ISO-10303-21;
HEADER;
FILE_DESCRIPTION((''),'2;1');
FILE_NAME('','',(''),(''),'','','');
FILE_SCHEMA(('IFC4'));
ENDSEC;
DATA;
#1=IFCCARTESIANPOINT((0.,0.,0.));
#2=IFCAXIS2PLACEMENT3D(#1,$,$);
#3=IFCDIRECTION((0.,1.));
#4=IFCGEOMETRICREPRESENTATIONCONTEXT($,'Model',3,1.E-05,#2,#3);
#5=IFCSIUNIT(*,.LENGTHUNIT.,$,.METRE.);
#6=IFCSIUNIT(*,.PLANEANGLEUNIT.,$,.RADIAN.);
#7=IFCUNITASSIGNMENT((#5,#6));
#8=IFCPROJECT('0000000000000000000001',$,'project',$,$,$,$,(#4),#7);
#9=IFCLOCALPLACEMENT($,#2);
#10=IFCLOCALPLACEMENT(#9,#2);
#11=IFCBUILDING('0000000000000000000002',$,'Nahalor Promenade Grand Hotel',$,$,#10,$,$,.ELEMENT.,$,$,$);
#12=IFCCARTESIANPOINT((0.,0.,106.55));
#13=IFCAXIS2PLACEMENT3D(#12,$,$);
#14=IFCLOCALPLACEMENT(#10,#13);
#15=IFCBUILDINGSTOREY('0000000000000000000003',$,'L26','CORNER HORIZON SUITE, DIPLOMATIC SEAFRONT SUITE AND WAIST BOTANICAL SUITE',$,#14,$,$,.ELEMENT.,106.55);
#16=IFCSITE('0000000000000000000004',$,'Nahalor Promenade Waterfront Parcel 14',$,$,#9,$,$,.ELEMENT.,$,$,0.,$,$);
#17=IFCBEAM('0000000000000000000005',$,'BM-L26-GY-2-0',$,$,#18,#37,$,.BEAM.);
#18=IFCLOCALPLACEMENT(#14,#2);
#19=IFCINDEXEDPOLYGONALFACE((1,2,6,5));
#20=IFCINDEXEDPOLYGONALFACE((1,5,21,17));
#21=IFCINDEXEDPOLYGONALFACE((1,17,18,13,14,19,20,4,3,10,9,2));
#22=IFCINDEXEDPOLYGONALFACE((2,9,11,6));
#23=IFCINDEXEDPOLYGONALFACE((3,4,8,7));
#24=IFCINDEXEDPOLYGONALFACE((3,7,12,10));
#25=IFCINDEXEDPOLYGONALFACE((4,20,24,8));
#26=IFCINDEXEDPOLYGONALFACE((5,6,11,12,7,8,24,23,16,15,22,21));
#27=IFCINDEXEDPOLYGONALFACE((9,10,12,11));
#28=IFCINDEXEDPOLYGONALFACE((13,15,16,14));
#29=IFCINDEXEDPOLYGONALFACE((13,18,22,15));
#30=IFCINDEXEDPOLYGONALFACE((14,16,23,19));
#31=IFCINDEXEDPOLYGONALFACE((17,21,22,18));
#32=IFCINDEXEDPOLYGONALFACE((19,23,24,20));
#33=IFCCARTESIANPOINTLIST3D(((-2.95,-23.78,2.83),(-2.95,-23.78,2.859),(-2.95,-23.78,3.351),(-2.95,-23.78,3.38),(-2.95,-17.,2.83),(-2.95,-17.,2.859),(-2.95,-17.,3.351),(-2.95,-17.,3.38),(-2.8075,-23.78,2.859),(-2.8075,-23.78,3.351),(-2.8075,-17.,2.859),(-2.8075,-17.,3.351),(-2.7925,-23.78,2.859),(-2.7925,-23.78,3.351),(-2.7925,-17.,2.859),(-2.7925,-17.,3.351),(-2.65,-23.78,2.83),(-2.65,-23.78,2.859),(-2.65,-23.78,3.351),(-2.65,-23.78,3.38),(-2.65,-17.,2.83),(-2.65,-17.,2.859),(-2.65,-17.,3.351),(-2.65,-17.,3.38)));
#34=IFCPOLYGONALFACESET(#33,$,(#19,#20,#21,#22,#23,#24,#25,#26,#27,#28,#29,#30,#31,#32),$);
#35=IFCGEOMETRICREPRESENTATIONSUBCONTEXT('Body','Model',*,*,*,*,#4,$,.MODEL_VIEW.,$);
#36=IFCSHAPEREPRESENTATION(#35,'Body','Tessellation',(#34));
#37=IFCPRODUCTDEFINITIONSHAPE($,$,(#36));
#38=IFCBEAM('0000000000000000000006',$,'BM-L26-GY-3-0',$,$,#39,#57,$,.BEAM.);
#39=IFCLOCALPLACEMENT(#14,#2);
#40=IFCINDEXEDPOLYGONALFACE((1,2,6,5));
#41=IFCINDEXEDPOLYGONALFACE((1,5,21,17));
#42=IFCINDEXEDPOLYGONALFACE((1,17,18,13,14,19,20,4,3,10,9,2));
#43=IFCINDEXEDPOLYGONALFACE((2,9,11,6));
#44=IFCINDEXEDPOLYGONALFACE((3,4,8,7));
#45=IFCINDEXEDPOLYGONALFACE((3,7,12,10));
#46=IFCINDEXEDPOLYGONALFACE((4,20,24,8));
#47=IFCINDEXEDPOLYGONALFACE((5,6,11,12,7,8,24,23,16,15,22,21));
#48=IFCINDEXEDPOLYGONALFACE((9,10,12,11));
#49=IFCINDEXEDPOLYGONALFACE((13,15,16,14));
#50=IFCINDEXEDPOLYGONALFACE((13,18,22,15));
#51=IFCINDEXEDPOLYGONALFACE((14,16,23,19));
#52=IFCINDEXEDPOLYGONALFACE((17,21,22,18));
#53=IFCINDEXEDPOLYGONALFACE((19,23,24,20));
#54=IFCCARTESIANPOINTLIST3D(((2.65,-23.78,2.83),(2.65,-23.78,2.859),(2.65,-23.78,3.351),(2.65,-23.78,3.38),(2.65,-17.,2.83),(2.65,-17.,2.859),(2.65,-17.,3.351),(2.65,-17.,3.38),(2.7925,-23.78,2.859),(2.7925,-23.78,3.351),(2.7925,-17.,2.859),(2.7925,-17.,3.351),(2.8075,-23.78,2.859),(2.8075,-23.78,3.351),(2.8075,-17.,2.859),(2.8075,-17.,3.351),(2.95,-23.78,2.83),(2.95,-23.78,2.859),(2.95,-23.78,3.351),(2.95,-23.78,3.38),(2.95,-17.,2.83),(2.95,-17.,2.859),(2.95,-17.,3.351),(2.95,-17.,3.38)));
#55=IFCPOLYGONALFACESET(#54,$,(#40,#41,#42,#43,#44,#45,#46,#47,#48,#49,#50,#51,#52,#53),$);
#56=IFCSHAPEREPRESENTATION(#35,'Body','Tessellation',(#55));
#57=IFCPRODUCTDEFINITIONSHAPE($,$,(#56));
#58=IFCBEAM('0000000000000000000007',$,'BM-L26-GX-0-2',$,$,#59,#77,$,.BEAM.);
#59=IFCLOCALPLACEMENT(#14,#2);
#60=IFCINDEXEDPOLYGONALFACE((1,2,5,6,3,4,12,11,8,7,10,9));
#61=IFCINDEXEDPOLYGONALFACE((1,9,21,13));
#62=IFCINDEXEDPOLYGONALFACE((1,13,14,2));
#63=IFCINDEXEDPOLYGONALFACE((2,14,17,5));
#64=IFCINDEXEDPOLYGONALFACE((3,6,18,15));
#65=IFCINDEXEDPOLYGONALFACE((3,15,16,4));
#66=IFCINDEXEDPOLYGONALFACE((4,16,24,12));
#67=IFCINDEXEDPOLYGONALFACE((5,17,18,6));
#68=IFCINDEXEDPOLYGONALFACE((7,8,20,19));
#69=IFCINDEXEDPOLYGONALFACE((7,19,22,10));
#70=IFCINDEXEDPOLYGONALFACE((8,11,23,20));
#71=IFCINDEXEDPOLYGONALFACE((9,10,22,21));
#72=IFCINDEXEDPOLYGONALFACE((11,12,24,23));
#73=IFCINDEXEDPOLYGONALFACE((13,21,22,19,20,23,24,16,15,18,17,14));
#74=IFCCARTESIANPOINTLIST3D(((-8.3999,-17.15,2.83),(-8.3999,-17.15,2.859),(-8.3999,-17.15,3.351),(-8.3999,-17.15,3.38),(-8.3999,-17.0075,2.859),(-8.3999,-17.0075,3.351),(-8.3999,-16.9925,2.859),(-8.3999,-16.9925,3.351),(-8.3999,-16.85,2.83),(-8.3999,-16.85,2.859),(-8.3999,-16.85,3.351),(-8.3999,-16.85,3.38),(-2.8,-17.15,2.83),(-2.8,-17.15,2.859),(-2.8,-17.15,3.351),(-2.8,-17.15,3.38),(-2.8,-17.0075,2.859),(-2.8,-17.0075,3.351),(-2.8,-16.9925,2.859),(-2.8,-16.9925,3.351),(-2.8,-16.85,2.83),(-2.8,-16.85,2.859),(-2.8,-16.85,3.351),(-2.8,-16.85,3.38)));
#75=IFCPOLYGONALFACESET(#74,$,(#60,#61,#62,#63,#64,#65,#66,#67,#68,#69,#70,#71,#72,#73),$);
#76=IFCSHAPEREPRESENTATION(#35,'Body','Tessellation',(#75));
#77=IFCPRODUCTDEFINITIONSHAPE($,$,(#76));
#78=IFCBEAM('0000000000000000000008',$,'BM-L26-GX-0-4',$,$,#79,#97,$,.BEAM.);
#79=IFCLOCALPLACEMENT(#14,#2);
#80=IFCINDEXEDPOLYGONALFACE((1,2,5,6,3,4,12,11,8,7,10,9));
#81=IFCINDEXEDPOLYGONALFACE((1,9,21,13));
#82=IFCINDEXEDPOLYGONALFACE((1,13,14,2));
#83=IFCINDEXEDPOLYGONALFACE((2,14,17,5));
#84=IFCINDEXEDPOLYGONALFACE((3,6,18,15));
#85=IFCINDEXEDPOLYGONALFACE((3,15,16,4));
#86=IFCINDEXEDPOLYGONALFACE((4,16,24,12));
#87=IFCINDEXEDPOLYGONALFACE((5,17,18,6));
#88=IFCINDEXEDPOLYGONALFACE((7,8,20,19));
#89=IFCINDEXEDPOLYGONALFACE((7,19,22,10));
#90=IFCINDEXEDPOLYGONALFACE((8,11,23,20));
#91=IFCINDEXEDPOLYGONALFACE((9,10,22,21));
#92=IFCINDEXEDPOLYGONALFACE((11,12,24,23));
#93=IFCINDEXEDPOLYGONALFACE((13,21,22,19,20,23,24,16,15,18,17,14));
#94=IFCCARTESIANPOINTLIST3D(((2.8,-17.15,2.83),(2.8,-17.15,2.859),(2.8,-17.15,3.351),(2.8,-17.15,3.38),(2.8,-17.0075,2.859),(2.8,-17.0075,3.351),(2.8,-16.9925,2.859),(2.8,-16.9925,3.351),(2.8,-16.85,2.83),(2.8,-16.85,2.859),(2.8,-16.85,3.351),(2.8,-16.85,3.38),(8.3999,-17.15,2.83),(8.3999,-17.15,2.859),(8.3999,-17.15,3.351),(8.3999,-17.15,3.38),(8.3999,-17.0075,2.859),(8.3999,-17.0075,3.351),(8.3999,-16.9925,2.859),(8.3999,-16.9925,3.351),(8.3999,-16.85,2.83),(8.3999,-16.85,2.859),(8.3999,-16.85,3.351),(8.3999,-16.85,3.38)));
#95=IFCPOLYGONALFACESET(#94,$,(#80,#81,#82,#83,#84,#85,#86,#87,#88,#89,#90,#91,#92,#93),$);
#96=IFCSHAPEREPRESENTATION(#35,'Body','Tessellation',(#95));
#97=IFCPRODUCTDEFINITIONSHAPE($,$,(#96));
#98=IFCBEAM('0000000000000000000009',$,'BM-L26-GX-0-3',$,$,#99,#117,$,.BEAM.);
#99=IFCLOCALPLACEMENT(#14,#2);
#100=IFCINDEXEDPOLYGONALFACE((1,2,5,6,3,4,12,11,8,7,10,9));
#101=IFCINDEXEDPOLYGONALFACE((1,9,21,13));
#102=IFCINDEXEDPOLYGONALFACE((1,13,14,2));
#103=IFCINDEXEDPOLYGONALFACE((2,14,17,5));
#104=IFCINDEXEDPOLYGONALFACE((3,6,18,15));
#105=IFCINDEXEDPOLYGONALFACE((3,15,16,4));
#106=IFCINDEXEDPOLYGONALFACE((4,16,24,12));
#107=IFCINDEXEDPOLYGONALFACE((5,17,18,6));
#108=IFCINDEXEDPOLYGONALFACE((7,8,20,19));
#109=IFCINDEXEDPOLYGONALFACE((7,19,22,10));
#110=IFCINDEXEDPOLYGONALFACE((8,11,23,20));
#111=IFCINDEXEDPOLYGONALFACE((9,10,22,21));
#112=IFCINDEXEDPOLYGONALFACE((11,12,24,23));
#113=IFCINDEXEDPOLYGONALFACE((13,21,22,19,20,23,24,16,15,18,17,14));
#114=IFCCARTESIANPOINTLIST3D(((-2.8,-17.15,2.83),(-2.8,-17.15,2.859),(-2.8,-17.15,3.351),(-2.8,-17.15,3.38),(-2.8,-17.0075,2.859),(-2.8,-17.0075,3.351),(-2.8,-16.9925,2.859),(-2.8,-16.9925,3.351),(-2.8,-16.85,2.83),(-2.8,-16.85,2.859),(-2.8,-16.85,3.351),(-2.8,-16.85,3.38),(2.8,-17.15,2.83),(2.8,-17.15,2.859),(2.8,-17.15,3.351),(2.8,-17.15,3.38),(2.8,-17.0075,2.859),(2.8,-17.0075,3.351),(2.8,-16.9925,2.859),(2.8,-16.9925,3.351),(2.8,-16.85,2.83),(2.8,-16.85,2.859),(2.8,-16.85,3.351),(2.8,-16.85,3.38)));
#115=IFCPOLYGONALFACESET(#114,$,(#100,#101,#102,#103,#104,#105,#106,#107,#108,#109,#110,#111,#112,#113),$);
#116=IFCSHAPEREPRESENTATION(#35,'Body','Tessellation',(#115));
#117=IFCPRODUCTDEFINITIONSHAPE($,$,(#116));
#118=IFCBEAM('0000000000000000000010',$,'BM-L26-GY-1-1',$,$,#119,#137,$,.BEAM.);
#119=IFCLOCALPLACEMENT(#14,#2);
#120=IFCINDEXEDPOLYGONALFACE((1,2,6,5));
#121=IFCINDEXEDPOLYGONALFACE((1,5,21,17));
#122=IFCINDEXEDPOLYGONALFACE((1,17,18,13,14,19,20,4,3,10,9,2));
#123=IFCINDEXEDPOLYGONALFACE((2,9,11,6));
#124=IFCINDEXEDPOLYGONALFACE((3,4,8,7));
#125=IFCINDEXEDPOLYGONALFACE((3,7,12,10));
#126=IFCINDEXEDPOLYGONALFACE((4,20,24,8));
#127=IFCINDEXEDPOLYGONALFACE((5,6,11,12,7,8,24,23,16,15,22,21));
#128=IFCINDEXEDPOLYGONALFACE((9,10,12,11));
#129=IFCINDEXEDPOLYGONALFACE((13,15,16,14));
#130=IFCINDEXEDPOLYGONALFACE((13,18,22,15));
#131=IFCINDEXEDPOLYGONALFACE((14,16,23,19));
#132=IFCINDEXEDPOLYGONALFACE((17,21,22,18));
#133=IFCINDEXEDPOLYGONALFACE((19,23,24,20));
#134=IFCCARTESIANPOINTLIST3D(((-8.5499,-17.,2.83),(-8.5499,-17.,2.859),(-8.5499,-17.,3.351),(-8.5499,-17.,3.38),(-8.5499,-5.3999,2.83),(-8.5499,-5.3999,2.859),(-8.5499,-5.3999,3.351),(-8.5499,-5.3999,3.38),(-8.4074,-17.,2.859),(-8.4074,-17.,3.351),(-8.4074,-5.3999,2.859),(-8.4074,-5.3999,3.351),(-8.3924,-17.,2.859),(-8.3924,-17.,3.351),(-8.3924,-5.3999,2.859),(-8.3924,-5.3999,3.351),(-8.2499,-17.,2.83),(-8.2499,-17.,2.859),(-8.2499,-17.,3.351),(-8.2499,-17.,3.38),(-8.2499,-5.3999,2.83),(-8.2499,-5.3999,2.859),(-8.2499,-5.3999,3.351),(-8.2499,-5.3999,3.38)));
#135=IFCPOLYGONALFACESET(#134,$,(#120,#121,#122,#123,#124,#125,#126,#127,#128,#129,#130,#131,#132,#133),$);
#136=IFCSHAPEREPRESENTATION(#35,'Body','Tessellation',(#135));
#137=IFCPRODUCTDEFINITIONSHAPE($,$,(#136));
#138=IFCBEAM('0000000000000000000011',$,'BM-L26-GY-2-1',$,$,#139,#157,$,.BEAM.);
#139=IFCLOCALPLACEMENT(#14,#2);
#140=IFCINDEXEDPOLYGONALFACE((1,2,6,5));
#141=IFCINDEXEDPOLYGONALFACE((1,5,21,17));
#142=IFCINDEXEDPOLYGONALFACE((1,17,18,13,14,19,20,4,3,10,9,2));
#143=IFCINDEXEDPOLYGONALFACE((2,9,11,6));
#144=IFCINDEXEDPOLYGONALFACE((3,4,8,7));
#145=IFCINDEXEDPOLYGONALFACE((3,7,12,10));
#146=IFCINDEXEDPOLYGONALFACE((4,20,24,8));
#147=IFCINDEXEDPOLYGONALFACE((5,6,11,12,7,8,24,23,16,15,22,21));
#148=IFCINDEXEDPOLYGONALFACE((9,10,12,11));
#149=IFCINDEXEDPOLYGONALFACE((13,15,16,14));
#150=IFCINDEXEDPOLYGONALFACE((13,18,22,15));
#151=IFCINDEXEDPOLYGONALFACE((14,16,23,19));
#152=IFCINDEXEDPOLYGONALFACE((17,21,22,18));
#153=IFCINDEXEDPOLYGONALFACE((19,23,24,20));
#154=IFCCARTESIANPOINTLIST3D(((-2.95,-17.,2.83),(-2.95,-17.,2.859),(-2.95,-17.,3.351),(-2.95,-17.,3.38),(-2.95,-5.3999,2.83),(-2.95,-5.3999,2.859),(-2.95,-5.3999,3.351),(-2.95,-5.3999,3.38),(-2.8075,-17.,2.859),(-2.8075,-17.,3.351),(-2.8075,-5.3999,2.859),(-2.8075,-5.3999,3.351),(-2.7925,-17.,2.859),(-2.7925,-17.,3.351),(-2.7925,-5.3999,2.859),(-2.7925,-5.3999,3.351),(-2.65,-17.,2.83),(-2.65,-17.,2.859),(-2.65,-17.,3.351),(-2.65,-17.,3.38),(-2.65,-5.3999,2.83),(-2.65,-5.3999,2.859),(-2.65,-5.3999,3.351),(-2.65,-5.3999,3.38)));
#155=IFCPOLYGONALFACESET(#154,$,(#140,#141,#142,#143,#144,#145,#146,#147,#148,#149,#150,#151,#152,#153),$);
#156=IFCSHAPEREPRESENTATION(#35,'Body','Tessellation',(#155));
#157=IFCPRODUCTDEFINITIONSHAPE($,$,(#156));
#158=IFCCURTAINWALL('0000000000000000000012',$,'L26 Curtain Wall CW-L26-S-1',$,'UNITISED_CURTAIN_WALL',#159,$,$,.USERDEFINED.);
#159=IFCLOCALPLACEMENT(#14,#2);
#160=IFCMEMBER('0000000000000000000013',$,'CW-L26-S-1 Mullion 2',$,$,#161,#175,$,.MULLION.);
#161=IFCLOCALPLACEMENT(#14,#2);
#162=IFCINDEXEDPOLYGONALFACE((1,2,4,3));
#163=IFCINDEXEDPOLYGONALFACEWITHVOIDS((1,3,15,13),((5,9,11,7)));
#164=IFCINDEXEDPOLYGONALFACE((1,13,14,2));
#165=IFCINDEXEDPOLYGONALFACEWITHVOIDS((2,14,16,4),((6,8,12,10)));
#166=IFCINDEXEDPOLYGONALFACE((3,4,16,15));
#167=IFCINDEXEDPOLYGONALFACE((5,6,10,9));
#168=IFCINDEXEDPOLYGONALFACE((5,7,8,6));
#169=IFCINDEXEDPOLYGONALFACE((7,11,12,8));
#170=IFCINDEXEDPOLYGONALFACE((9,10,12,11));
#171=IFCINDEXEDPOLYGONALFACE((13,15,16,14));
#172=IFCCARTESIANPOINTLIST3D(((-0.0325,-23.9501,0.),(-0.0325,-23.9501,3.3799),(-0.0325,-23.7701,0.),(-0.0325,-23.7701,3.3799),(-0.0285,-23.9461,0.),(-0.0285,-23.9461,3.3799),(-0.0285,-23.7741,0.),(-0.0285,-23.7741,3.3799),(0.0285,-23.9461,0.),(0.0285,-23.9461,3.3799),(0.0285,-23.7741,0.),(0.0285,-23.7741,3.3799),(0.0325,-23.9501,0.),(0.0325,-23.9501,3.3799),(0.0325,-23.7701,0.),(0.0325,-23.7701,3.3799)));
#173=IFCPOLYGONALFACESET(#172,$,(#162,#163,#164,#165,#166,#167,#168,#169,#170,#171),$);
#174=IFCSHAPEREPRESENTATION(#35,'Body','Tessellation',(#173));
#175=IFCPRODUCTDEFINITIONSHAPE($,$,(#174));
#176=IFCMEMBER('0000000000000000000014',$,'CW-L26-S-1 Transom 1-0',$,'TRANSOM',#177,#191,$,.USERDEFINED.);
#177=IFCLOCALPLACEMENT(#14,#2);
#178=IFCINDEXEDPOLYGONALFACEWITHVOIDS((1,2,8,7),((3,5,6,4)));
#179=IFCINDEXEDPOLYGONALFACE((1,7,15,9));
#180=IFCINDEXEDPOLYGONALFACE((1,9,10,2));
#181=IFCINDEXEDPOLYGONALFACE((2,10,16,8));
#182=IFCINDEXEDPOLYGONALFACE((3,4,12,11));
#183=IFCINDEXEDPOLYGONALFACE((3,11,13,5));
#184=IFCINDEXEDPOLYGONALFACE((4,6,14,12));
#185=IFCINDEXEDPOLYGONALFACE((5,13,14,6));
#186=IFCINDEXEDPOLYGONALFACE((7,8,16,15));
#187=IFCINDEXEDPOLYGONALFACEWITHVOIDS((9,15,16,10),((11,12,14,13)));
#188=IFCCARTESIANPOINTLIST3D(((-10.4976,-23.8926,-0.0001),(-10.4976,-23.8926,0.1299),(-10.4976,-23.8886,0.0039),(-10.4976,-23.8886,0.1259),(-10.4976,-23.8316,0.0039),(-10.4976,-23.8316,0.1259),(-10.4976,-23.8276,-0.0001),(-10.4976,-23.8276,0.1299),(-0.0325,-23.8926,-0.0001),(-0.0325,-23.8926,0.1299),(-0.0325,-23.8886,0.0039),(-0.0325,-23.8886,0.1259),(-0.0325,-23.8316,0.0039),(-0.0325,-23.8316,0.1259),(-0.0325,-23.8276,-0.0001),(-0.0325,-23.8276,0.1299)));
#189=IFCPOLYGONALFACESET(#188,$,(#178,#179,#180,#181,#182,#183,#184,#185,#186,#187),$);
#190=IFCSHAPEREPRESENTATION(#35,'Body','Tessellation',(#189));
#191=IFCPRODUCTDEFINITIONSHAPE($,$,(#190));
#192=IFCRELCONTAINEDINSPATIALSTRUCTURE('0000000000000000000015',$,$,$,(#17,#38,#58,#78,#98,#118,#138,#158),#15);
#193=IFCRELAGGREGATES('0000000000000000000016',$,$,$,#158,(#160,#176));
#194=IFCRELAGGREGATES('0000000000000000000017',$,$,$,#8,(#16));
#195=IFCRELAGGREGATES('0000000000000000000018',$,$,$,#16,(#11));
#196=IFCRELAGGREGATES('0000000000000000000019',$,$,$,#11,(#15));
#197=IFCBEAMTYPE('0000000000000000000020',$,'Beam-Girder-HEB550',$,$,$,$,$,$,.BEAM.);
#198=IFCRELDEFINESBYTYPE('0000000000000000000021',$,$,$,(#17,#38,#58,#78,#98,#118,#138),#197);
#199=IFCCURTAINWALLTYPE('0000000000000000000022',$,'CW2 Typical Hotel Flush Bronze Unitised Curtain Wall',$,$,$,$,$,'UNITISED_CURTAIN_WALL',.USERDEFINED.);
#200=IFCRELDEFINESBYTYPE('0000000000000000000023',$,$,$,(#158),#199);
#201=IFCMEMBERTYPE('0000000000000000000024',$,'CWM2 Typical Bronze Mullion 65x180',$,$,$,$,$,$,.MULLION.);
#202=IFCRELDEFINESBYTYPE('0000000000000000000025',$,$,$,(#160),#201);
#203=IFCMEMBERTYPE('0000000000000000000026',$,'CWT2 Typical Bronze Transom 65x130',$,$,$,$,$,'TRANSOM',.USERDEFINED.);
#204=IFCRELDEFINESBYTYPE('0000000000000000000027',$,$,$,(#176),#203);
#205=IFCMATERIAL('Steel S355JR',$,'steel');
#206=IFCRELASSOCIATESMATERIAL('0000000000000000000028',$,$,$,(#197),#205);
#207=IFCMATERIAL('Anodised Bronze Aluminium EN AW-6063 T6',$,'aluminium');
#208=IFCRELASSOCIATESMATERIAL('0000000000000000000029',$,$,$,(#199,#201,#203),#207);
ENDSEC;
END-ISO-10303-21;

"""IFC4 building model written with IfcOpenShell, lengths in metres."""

from ifc_helpers import new_model, si_unit, direction, frame, origin, origin_2d, place, context, subcontext, project, spatial, hollow_rectangle, i_section, extrude, source, transform, mapped, material, material_profile, profile_set, type_object, element, aggregate, save


model = new_model("IFC4")

# Units and contexts
model_context = context("Model", 3, precision=1e-05, world=origin(), true_north=direction((0.0, 1.0)))
body_context = subcontext(model_context, "Body", "Model", "MODEL_VIEW")
ifc_project = project(units=[si_unit("LENGTHUNIT", "METRE"), si_unit("PLANEANGLEUNIT", "RADIAN")], contexts=[model_context])

# Site, building, storey
site_placement = place(None, origin())
site = spatial("IfcSite", under=ifc_project, at=site_placement, Name="Nahalor Promenade Waterfront Parcel 14", CompositionType="ELEMENT", RefElevation=0.0)
building_placement = place(site_placement, origin())
building = spatial("IfcBuilding", under=site, at=building_placement, Name="Nahalor Promenade Grand Hotel", CompositionType="ELEMENT")
storey_placement = place(building_placement, frame((0.0, 0.0, 106.55)))
storey = spatial("IfcBuildingStorey", under=building, at=storey_placement, Name="L26", Description="CORNER HORIZON SUITE, DIPLOMATIC SEAFRONT SUITE AND WAIST BOTANICAL SUITE", CompositionType="ELEMENT", Elevation=106.55)

# Beams
ifc_material_1 = material(Name="Steel S355JR", Category="steel")
ifc_material_profile_1 = material_profile(ifc_material_1, i_section(OverallWidth=0.3, OverallDepth=0.55, WebThickness=0.015, FlangeThickness=0.029, at=origin_2d()), Name="HEB 550")
ifc_profile_set_1 = profile_set([ifc_material_profile_1], Name="Steel S355JR")
beam_type_1 = type_object("IfcBeamType", Name="Beam-Girder-HEB550", PredefinedType="BEAM", material=ifc_profile_set_1)
shared_shape_1 = source(origin(), body_context, "Body", "SweptSolid", [
    extrude(i_section(OverallWidth=0.3, OverallDepth=0.55, WebThickness=0.015, FlangeThickness=0.029, at=origin_2d()), origin(), (0.0, 0.0, 1.0), 6.78),
])
for number, where, z_axis, x_axis, name in (
    (1, (-2.8, -23.78, 3.105), (0.0, 1.0, 0.0), (-1.0, 0.0, 0.0), "BM-L26-GY-2-0"),
    (2, (2.8, -23.78, 3.105), (0.0, 1.0, 0.0), (-1.0, 0.0, 0.0), "BM-L26-GY-3-0"),
):
    element("IfcBeam", number, at=place(storey_placement, frame(where, z_axis=z_axis, x_axis=x_axis)), inside=storey, type_object=beam_type_1, Name=name, PredefinedType="BEAM", context=body_context, shape_type="MappedRepresentation", body=[
        mapped(shared_shape_1, transform((0.0, 0.0, 0.0), scale=1.0)),
    ])
shared_shape_2 = source(origin(), body_context, "Body", "SweptSolid", [
    extrude(i_section(OverallWidth=0.3, OverallDepth=0.55, WebThickness=0.015, FlangeThickness=0.029, at=origin_2d()), origin(), (0.0, 0.0, 1.0), 5.5999),
])
for number, where, z_axis, x_axis, name in (
    (3, (-8.3999, -17.0, 3.105), (1.0, 0.0, 0.0), (0.0, 1.0, 0.0), "BM-L26-GX-0-2"),
    (4, (2.8, -17.0, 3.105), (1.0, 0.0, 0.0), (0.0, 1.0, 0.0), "BM-L26-GX-0-4"),
):
    element("IfcBeam", number, at=place(storey_placement, frame(where, z_axis=z_axis, x_axis=x_axis)), inside=storey, type_object=beam_type_1, Name=name, PredefinedType="BEAM", context=body_context, shape_type="MappedRepresentation", body=[
        mapped(shared_shape_2, transform((0.0, 0.0, 0.0), scale=1.0)),
    ])
shared_shape_3 = source(origin(), body_context, "Body", "SweptSolid", [
    extrude(i_section(OverallWidth=0.3, OverallDepth=0.55, WebThickness=0.015, FlangeThickness=0.029, at=origin_2d()), origin(), (0.0, 0.0, 1.0), 5.6001),
])
beam_1_placement = place(storey_placement, frame((-2.8, -17.0, 3.105), z_axis=(1.0, 0.0, 0.0), x_axis=(0.0, 1.0, 0.0)))
element("IfcBeam", 5, at=beam_1_placement, inside=storey, type_object=beam_type_1, Name="BM-L26-GX-0-3", PredefinedType="BEAM", context=body_context, shape_type="MappedRepresentation", body=[
    mapped(shared_shape_3, transform((0.0, 0.0, 0.0), scale=1.0)),
])
shared_shape_4 = source(origin(), body_context, "Body", "SweptSolid", [
    extrude(i_section(OverallWidth=0.3, OverallDepth=0.55, WebThickness=0.015, FlangeThickness=0.029, at=origin_2d()), origin(), (0.0, 0.0, 1.0), 11.6001),
])
for number, where, z_axis, x_axis, name in (
    (6, (-8.3999, -17.0, 3.105), (0.0, 1.0, 0.0), (-1.0, 0.0, 0.0), "BM-L26-GY-1-1"),
    (7, (-2.8, -17.0, 3.105), (0.0, 1.0, 0.0), (-1.0, 0.0, 0.0), "BM-L26-GY-2-1"),
):
    element("IfcBeam", number, at=place(storey_placement, frame(where, z_axis=z_axis, x_axis=x_axis)), inside=storey, type_object=beam_type_1, Name=name, PredefinedType="BEAM", context=body_context, shape_type="MappedRepresentation", body=[
        mapped(shared_shape_4, transform((0.0, 0.0, 0.0), scale=1.0)),
    ])

# Curtain wall, members
ifc_material_2 = material(Name="Anodised Bronze Aluminium EN AW-6063 T6", Category="aluminium")
curtain_wall_type = type_object("IfcCurtainWallType", Name="CW2 Typical Hotel Flush Bronze Unitised Curtain Wall", ElementType="UNITISED_CURTAIN_WALL", PredefinedType="USERDEFINED", material=ifc_material_2)
curtain_wall_placement = place(storey_placement, origin())
curtain_wall = element("IfcCurtainWall", 8, at=curtain_wall_placement, inside=storey, type_object=curtain_wall_type, Name="L26 Curtain Wall CW-L26-S-1", ObjectType="UNITISED_CURTAIN_WALL", PredefinedType="USERDEFINED")
ifc_material_profile_2 = material_profile(ifc_material_2, hollow_rectangle(XDim=0.065, YDim=0.18, WallThickness=0.004, at=origin_2d()), Name="CWM 65x180x4")
ifc_profile_set_2 = profile_set([ifc_material_profile_2], Name="Anodised Bronze Aluminium EN AW-6063 T6")
member_type_1 = type_object("IfcMemberType", Name="CWM2 Typical Bronze Mullion 65x180", PredefinedType="MULLION", material=ifc_profile_set_2)
shared_shape_5 = source(origin(), body_context, "Body", "SweptSolid", [
    extrude(hollow_rectangle(XDim=0.065, YDim=0.18, WallThickness=0.004, at=origin_2d()), origin(), (0.0, 0.0, 1.0), 3.3799),
])
member_1_placement = place(storey_placement, frame((0.0, -23.8601, 0.0), z_axis=(0.0, 0.0, 1.0), x_axis=(1.0, 0.0, 0.0)))
member_1 = element("IfcMember", 9, at=member_1_placement, type_object=member_type_1, Name="CW-L26-S-1 Mullion 2", PredefinedType="MULLION", context=body_context, shape_type="MappedRepresentation", body=[
    mapped(shared_shape_5, transform((0.0, 0.0, 0.0), scale=1.0)),
])
ifc_material_profile_3 = material_profile(ifc_material_2, hollow_rectangle(XDim=0.065, YDim=0.13, WallThickness=0.004, at=origin_2d()), Name="CWT 65x130x4")
ifc_profile_set_3 = profile_set([ifc_material_profile_3], Name="Anodised Bronze Aluminium EN AW-6063 T6")
member_type_2 = type_object("IfcMemberType", Name="CWT2 Typical Bronze Transom 65x130", ElementType="TRANSOM", PredefinedType="USERDEFINED", material=ifc_profile_set_3)
shared_shape_6 = source(origin(), body_context, "Body", "SweptSolid", [
    extrude(hollow_rectangle(XDim=0.065, YDim=0.13, WallThickness=0.004, at=origin_2d()), origin(), (0.0, 0.0, 1.0), 10.4651),
])
member_2_placement = place(storey_placement, frame((-10.4976, -23.8601, 0.0649), z_axis=(1.0, 0.0, 0.0), x_axis=(0.0, 1.0, 0.0)))
member_2 = element("IfcMember", 10, at=member_2_placement, type_object=member_type_2, Name="CW-L26-S-1 Transom 1-0", ObjectType="TRANSOM", PredefinedType="USERDEFINED", context=body_context, shape_type="MappedRepresentation", body=[
    mapped(shared_shape_6, transform((0.0, 0.0, 0.0), scale=1.0)),
])
aggregate(curtain_wall, [member_1, member_2])

save(model, "model.ifc")
